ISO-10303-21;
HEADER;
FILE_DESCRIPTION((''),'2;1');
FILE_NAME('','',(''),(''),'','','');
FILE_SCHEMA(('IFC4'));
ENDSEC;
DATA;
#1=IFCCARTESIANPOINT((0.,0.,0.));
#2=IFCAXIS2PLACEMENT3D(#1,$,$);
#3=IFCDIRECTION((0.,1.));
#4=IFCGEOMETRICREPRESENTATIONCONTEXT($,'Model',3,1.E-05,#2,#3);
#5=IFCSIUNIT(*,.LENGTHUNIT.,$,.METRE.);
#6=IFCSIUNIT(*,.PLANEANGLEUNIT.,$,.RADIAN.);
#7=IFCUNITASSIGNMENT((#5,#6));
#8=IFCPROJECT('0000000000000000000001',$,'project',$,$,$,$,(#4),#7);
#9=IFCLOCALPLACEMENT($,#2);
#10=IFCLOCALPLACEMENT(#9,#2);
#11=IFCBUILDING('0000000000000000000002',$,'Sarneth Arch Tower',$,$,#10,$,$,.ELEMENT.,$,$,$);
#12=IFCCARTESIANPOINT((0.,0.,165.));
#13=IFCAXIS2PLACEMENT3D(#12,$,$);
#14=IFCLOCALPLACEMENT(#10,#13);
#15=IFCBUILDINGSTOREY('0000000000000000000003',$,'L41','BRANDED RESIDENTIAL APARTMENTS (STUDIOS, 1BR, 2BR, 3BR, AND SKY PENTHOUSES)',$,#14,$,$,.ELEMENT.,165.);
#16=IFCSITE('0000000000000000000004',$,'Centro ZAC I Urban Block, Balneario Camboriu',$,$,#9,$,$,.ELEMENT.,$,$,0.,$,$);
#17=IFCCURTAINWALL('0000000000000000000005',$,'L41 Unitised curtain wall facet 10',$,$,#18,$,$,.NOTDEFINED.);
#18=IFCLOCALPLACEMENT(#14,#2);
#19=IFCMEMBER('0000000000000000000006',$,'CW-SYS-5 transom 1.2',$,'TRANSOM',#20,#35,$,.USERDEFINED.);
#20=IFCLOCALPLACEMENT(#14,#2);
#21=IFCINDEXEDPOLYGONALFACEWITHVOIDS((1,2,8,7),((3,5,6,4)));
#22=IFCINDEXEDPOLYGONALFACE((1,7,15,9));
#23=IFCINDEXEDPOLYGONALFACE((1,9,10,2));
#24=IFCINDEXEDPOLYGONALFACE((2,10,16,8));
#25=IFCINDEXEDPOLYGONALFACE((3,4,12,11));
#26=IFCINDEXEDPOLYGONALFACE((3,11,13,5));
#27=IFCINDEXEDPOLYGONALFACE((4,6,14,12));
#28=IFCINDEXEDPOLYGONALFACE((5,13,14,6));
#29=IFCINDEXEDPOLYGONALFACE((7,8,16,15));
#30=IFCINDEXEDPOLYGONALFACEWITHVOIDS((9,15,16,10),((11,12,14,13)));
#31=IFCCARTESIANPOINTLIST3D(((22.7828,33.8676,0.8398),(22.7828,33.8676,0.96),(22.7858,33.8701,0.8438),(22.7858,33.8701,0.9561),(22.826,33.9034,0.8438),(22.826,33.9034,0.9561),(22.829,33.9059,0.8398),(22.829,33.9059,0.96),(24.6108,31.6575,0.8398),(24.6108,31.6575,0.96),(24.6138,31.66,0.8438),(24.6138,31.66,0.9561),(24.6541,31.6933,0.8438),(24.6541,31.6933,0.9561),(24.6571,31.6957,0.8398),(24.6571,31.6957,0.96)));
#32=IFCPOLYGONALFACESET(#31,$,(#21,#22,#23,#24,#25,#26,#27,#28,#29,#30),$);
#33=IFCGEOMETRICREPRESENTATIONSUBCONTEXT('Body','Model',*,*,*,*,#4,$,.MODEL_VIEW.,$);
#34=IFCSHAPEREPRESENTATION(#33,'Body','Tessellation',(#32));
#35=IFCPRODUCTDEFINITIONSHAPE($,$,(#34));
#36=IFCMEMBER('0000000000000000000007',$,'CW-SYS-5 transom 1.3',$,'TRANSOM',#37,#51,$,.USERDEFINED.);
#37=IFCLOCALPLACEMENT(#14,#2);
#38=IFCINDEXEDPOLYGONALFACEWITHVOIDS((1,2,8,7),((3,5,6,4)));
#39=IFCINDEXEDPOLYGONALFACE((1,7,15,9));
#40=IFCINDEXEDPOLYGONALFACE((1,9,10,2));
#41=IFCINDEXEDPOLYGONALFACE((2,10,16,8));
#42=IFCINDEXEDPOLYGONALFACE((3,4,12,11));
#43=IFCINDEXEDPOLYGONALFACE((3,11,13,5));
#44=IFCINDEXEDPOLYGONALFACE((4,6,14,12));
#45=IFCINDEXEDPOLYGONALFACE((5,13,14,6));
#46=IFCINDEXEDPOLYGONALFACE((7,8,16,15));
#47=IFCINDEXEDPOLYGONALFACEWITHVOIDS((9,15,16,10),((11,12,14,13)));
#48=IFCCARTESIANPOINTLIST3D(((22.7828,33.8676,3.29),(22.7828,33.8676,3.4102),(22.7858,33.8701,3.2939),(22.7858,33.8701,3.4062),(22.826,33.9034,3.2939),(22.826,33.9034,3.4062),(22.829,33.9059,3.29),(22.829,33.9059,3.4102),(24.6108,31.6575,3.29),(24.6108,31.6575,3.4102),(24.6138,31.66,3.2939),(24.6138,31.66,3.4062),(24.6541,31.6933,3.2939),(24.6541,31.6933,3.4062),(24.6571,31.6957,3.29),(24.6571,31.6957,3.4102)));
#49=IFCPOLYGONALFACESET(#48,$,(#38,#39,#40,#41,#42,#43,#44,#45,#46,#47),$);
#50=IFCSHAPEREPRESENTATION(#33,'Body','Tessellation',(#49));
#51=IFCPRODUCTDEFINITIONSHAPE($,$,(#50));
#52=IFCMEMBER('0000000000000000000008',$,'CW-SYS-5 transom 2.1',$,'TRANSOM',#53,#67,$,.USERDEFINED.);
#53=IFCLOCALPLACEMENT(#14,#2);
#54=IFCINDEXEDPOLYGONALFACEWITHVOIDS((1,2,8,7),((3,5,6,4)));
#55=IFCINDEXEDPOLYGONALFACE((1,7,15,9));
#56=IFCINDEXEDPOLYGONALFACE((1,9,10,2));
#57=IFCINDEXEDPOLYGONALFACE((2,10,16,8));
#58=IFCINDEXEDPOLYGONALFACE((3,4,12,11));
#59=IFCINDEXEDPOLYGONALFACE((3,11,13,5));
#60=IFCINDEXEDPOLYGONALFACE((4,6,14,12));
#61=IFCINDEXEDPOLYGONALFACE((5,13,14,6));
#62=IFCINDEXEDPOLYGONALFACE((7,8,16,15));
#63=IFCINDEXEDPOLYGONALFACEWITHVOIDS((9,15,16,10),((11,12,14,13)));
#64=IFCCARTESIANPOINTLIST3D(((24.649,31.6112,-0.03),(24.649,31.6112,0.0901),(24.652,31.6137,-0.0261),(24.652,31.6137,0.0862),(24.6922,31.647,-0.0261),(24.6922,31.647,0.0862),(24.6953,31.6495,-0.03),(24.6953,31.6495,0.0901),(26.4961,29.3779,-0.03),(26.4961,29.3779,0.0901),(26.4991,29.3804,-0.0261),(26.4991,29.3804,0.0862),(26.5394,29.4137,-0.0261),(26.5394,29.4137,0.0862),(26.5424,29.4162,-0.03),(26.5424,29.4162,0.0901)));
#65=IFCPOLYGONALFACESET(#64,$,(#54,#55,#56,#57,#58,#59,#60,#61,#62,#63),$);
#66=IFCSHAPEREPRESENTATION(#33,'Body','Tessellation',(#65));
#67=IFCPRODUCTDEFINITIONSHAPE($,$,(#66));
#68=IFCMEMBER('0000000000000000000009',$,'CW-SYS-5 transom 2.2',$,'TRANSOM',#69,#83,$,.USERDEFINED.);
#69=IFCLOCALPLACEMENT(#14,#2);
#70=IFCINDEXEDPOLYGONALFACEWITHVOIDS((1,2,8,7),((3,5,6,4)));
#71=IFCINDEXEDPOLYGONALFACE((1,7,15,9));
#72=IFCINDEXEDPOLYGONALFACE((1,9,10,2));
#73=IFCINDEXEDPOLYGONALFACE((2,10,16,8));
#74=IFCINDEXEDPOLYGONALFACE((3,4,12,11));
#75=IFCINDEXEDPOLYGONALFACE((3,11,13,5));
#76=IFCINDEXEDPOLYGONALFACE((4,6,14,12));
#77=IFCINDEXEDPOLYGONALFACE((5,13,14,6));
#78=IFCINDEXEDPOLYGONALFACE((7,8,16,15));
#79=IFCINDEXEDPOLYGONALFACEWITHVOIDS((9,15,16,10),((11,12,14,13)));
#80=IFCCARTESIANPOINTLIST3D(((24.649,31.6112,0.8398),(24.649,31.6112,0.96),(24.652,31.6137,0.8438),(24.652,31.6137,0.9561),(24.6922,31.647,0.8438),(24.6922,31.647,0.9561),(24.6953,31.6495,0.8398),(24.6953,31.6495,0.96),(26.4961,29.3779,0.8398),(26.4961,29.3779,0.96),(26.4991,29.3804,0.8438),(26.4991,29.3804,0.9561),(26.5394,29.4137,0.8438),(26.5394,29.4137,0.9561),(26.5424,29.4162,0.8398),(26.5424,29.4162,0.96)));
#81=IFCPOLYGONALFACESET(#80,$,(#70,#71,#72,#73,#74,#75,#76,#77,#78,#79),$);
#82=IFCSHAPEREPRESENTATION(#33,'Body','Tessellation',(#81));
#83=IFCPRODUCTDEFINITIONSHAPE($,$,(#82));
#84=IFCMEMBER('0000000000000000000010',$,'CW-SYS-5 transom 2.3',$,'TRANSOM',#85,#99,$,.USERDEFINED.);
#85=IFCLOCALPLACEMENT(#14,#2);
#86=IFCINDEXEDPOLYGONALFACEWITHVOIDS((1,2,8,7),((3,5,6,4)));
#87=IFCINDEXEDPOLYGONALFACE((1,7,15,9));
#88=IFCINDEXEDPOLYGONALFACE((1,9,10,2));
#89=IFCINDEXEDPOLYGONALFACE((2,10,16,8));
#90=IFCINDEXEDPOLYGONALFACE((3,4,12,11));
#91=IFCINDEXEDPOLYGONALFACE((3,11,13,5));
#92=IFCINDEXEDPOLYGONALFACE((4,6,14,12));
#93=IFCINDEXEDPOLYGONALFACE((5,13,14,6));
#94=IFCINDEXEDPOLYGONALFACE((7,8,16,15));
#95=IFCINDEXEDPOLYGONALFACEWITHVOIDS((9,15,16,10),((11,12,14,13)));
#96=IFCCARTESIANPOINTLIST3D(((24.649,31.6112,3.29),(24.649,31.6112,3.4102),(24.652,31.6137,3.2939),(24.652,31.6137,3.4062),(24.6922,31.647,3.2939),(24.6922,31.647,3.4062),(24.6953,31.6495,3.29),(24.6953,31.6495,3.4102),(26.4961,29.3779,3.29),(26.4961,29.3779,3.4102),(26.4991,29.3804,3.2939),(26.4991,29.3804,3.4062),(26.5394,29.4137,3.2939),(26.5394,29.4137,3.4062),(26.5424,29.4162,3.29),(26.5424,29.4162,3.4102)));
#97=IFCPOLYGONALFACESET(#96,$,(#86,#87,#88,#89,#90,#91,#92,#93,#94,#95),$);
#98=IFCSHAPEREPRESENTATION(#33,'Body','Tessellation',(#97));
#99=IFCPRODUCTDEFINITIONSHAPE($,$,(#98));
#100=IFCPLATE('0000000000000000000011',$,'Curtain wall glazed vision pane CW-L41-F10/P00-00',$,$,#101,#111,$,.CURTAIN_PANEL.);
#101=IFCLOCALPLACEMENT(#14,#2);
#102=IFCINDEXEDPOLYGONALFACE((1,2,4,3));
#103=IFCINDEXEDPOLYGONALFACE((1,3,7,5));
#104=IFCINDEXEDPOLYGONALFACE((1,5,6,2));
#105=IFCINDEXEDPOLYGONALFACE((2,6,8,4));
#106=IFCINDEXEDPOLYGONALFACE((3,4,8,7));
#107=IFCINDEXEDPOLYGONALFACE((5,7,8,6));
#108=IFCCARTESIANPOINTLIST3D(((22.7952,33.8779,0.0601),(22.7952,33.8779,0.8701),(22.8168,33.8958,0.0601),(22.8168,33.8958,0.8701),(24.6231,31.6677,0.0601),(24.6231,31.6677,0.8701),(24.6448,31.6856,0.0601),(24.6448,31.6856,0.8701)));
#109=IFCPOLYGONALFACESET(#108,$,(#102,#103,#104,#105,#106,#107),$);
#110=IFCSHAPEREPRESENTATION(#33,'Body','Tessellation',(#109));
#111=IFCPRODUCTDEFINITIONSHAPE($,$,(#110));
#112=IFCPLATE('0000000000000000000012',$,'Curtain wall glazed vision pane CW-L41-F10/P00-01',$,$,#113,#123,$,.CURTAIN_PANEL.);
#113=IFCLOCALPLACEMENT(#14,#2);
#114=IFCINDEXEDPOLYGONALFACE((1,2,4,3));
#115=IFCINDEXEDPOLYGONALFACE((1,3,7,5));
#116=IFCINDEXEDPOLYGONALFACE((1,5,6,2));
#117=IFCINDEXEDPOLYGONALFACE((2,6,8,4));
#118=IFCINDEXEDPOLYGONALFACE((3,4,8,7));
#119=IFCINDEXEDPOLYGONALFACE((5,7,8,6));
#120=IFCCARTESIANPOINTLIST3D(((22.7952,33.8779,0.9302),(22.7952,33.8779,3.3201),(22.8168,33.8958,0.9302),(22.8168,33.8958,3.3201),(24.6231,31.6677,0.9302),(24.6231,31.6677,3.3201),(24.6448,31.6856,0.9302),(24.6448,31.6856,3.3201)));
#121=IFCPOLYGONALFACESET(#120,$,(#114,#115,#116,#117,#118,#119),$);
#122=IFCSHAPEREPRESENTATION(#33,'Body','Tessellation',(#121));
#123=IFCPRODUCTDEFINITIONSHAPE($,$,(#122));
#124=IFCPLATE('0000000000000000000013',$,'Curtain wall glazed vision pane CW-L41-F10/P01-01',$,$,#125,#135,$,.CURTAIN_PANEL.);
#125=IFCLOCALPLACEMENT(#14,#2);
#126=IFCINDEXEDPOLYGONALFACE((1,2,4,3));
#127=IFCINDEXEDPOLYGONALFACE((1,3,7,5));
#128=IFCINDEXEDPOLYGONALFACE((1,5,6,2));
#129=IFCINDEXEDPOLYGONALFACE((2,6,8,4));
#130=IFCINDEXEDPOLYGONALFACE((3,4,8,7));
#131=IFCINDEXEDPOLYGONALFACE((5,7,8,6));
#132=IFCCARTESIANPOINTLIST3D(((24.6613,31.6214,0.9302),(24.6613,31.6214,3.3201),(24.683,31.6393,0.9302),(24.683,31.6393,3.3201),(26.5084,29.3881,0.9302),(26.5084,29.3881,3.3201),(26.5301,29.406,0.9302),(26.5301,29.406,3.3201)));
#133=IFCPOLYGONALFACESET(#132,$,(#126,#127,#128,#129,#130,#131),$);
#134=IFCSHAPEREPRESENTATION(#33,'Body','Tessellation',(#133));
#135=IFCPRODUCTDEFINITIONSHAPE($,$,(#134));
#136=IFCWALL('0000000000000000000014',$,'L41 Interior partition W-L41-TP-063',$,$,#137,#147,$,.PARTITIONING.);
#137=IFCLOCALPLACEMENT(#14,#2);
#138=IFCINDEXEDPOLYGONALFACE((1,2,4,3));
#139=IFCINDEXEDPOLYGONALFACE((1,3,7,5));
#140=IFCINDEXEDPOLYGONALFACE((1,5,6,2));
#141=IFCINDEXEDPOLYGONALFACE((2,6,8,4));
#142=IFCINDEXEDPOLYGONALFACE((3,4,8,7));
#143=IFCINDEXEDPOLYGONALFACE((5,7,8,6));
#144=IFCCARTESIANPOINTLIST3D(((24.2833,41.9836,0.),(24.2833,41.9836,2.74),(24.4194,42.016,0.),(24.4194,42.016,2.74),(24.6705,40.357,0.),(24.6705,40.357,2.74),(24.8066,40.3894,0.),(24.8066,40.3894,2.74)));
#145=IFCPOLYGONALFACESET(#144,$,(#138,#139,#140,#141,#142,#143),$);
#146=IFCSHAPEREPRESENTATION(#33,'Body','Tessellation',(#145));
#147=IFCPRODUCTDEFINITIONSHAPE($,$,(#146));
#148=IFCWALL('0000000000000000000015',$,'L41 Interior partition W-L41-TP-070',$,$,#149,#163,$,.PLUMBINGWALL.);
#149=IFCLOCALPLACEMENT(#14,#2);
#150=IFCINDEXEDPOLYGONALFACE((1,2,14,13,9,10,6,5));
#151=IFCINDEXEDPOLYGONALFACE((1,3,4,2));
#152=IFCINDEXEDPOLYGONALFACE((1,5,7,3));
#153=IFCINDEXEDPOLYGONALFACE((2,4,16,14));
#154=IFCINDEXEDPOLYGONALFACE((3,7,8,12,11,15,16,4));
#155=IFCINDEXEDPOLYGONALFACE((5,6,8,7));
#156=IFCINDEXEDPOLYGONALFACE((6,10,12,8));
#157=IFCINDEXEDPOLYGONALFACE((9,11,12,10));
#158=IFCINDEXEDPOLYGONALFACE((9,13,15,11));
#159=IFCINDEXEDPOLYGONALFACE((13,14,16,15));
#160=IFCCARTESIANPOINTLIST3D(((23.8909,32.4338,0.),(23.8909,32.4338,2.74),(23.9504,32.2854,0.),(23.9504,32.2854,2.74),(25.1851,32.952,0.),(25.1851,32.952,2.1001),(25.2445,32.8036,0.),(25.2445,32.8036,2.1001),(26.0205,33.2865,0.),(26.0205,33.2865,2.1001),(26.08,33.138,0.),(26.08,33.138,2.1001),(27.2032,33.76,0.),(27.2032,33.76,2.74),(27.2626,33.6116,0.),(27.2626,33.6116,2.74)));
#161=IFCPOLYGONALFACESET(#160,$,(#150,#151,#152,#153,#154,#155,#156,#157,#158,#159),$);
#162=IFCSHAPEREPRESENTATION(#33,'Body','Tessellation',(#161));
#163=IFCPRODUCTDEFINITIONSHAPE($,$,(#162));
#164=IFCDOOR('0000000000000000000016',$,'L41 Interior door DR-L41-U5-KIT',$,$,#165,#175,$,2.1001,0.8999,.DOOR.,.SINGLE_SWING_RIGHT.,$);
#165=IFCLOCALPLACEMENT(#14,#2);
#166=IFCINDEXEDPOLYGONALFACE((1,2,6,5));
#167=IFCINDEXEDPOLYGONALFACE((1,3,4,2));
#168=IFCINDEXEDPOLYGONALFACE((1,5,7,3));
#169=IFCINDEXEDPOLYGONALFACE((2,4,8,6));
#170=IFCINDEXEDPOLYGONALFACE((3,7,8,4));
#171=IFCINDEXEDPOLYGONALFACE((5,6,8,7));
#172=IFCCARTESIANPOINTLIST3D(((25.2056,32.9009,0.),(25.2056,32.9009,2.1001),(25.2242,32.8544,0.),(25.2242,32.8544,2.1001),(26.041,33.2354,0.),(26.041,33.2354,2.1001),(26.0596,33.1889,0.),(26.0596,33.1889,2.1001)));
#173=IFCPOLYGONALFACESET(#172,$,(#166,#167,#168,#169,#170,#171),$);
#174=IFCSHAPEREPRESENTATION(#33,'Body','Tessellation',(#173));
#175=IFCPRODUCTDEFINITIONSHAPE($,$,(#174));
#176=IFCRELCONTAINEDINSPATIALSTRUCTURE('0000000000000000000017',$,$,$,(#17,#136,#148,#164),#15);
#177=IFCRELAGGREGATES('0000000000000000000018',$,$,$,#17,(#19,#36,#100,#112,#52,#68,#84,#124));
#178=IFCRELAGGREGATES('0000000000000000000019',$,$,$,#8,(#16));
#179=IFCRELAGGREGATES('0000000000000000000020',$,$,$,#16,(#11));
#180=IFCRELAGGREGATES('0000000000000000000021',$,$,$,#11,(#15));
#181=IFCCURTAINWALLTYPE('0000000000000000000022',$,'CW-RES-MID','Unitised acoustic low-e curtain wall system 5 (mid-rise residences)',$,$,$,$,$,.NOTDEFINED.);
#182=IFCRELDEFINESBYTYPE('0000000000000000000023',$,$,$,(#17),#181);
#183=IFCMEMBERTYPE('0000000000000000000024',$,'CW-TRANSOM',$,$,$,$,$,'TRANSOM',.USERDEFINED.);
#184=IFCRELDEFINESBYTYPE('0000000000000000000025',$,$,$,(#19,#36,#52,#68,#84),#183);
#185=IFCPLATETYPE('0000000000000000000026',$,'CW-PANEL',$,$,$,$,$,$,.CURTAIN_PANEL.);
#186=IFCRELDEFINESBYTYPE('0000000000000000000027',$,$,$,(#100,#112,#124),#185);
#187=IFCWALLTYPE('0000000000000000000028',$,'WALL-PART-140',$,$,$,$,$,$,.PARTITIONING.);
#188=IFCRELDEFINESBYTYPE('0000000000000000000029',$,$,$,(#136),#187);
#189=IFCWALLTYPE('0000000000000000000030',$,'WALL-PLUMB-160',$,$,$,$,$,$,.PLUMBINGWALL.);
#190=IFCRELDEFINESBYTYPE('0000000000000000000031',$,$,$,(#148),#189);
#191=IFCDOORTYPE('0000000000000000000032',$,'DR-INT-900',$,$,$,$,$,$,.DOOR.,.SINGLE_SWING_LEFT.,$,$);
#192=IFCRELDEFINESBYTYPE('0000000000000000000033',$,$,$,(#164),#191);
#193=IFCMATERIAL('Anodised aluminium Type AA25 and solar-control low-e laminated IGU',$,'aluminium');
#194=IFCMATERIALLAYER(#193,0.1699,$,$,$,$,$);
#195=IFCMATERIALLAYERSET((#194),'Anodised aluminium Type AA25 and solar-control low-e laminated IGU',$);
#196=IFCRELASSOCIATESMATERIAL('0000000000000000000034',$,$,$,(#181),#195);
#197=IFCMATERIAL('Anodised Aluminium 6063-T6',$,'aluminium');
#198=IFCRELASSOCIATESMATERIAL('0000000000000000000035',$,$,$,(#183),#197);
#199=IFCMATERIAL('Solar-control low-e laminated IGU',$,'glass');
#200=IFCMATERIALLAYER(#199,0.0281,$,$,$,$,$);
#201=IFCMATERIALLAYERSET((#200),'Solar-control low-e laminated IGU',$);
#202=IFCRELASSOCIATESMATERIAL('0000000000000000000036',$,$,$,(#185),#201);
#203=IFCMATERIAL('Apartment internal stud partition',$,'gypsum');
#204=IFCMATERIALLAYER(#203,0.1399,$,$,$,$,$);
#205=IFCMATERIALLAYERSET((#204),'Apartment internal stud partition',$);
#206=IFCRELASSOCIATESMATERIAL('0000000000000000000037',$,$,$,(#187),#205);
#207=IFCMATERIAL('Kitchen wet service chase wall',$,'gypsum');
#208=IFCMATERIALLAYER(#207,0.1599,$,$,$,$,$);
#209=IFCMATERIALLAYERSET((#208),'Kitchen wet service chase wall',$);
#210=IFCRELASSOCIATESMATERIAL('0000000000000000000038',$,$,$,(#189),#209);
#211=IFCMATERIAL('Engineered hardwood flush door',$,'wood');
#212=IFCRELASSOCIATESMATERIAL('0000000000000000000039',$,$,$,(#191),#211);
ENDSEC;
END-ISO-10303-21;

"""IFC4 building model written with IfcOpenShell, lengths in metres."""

from ifc_helpers import new_model, si_unit, direction, frame, frame_2d, origin, origin_2d, place, context, subcontext, project, spatial, rectangle, hollow_rectangle, extrude, material, layer, layer_set, material_profile, profile_set, type_object, element, fill, aggregate, save


model = new_model("IFC4")

# Units and contexts
model_context = context("Model", 3, precision=1e-05, world=origin(), true_north=direction((0.0, 1.0)))
body_context = subcontext(model_context, "Body", "Model", "MODEL_VIEW")
ifc_project = project(units=[si_unit("LENGTHUNIT", "METRE"), si_unit("PLANEANGLEUNIT", "RADIAN")], contexts=[model_context])

# Site, building, storey
site_placement = place(None, origin())
site = spatial("IfcSite", under=ifc_project, at=site_placement, Name="Centro ZAC I Urban Block, Balneario Camboriu", CompositionType="ELEMENT", RefElevation=0.0)
building_placement = place(site_placement, origin())
building = spatial("IfcBuilding", under=site, at=building_placement, Name="Sarneth Arch Tower", CompositionType="ELEMENT")
storey_placement = place(building_placement, frame((0.0, 0.0, 165.0)))
storey = spatial("IfcBuildingStorey", under=building, at=storey_placement, Name="L41", Description="BRANDED RESIDENTIAL APARTMENTS (STUDIOS, 1BR, 2BR, 3BR, AND SKY PENTHOUSES)", CompositionType="ELEMENT", Elevation=165.0)

# Curtain wall, members, plates
ifc_material_1 = material(Name="Anodised aluminium Type AA25 and solar-control low-e laminated IGU", Category="aluminium")
ifc_layer_1 = layer(ifc_material_1, 0.1699)
ifc_layer_set_1 = layer_set([ifc_layer_1], Name="Anodised aluminium Type AA25 and solar-control low-e laminated IGU")
curtain_wall_type = type_object("IfcCurtainWallType", Name="CW-RES-MID", Description="Unitised acoustic low-e curtain wall system 5 (mid-rise residences)", PredefinedType="NOTDEFINED", material=ifc_layer_set_1)
curtain_wall_placement = place(storey_placement, origin())
curtain_wall = element("IfcCurtainWall", 1, at=curtain_wall_placement, inside=storey, type_object=curtain_wall_type, Name="L41 Unitised curtain wall facet 10", PredefinedType="NOTDEFINED")
ifc_material_2 = material(Name="Anodised Aluminium 6063-T6", Category="aluminium")
ifc_material_profile_1 = material_profile(ifc_material_2, hollow_rectangle(XDim=0.0601, YDim=0.1201, WallThickness=0.0039, at=origin_2d()), Name="AL-TRAN-120x60x4")
ifc_profile_set_1 = profile_set([ifc_material_profile_1], Name="Anodised Aluminium 6063-T6")
member_type_1 = type_object("IfcMemberType", Name="CW-TRANSOM", ElementType="TRANSOM", PredefinedType="USERDEFINED", material=ifc_profile_set_1)
member_1_placement = place(storey_placement, frame((22.8059, 33.8867, 0.8999), z_axis=(0.637359, -0.770567, 0.0), x_axis=(0.770567, 0.637359, 0.0)))
member_1 = element("IfcMember", 2, at=member_1_placement, type_object=member_type_1, Name="CW-SYS-5 transom 1.2", ObjectType="TRANSOM", PredefinedType="USERDEFINED", context=body_context, shape_type="SweptSolid", body=[
    extrude(hollow_rectangle(XDim=0.0601, YDim=0.1201, WallThickness=0.0039, at=origin_2d()), origin(), (0.0, 0.0, 1.0), 2.8682),
])
member_2_placement = place(storey_placement, frame((22.8059, 33.8867, 3.3501), z_axis=(0.637359, -0.770567, 0.0), x_axis=(0.770567, 0.637359, 0.0)))
member_2 = element("IfcMember", 3, at=member_2_placement, type_object=member_type_1, Name="CW-SYS-5 transom 1.3", ObjectType="TRANSOM", PredefinedType="USERDEFINED", context=body_context, shape_type="SweptSolid", body=[
    extrude(hollow_rectangle(XDim=0.0601, YDim=0.1201, WallThickness=0.0039, at=origin_2d()), origin(), (0.0, 0.0, 1.0), 2.8682),
])
member_3_placement = place(storey_placement, frame((24.6721, 31.6304, 0.03), z_axis=(0.63733, -0.770591, 0.0), x_axis=(0.770591, 0.63733, 0.0)))
member_3 = element("IfcMember", 4, at=member_3_placement, type_object=member_type_1, Name="CW-SYS-5 transom 2.1", ObjectType="TRANSOM", PredefinedType="USERDEFINED", context=body_context, shape_type="SweptSolid", body=[
    extrude(hollow_rectangle(XDim=0.0601, YDim=0.1201, WallThickness=0.0039, at=origin_2d()), origin(), (0.0, 0.0, 1.0), 2.8982),
])
member_4_placement = place(storey_placement, frame((24.6721, 31.6304, 0.8999), z_axis=(0.63733, -0.770591, 0.0), x_axis=(0.770591, 0.63733, 0.0)))
member_4 = element("IfcMember", 5, at=member_4_placement, type_object=member_type_1, Name="CW-SYS-5 transom 2.2", ObjectType="TRANSOM", PredefinedType="USERDEFINED", context=body_context, shape_type="SweptSolid", body=[
    extrude(hollow_rectangle(XDim=0.0601, YDim=0.1201, WallThickness=0.0039, at=origin_2d()), origin(), (0.0, 0.0, 1.0), 2.8982),
])
member_5_placement = place(storey_placement, frame((24.6721, 31.6304, 3.3501), z_axis=(0.63733, -0.770591, 0.0), x_axis=(0.770591, 0.63733, 0.0)))
member_5 = element("IfcMember", 6, at=member_5_placement, type_object=member_type_1, Name="CW-SYS-5 transom 2.3", ObjectType="TRANSOM", PredefinedType="USERDEFINED", context=body_context, shape_type="SweptSolid", body=[
    extrude(hollow_rectangle(XDim=0.0601, YDim=0.1201, WallThickness=0.0039, at=origin_2d()), origin(), (0.0, 0.0, 1.0), 2.8982),
])
ifc_material_3 = material(Name="Solar-control low-e laminated IGU", Category="glass")
ifc_layer_2 = layer(ifc_material_3, 0.0281)
ifc_layer_set_2 = layer_set([ifc_layer_2], Name="Solar-control low-e laminated IGU")
plate_type = type_object("IfcPlateType", Name="CW-PANEL", PredefinedType="CURTAIN_PANEL", material=ifc_layer_set_2)
plate_1_placement = place(storey_placement, frame((23.72, 32.7817, 0.0601), z_axis=(0.0, 0.0, 1.0), x_axis=(0.63733, -0.770591, 0.0)))
plate_1 = element("IfcPlate", 7, at=plate_1_placement, type_object=plate_type, Name="Curtain wall glazed vision pane CW-L41-F10/P00-00", PredefinedType="CURTAIN_PANEL", context=body_context, shape_type="SweptSolid", body=[
    extrude(rectangle(XDim=2.8682, YDim=0.0281, at=origin_2d()), origin(), (0.0, 0.0, 1.0), 0.8101),
])
plate_2_placement = place(storey_placement, frame((23.72, 32.7817, 0.9302), z_axis=(0.0, 0.0, 1.0), x_axis=(0.63733, -0.770591, 0.0)))
plate_2 = element("IfcPlate", 8, at=plate_2_placement, type_object=plate_type, Name="Curtain wall glazed vision pane CW-L41-F10/P00-01", PredefinedType="CURTAIN_PANEL", context=body_context, shape_type="SweptSolid", body=[
    extrude(rectangle(XDim=2.8682, YDim=0.0281, at=origin_2d()), origin(), (0.0, 0.0, 1.0), 2.3899),
])
plate_3_placement = place(storey_placement, frame((25.5957, 30.5137, 0.9302), z_axis=(0.0, 0.0, 1.0), x_axis=(0.63733, -0.770591, 0.0)))
plate_3 = element("IfcPlate", 9, at=plate_3_placement, type_object=plate_type, Name="Curtain wall glazed vision pane CW-L41-F10/P01-01", PredefinedType="CURTAIN_PANEL", context=body_context, shape_type="SweptSolid", body=[
    extrude(rectangle(XDim=2.8982, YDim=0.0281, at=origin_2d()), origin(), (0.0, 0.0, 1.0), 2.3899),
])
aggregate(curtain_wall, [member_1, member_2, plate_1, plate_2, member_3, member_4, member_5, plate_3])

# Wall
ifc_material_4 = material(Name="Apartment internal stud partition", Category="gypsum")
ifc_layer_3 = layer(ifc_material_4, 0.1399)
ifc_layer_set_3 = layer_set([ifc_layer_3], Name="Apartment internal stud partition")
wall_type_1 = type_object("IfcWallType", Name="WALL-PART-140", PredefinedType="PARTITIONING", material=ifc_layer_set_3)
wall_1_placement = place(storey_placement, frame((24.7385, 40.3733, 0.0), z_axis=(0.0, 0.0, 1.0), x_axis=(-0.231561, 0.97282, 0.0)))
element("IfcWall", 10, at=wall_1_placement, inside=storey, type_object=wall_type_1, Name="L41 Interior partition W-L41-TP-063", PredefinedType="PARTITIONING", context=body_context, shape_type="SweptSolid", body=[
    extrude(rectangle(XDim=1.6721, YDim=0.1399, at=frame_2d((0.8359, 0.0))), origin(), (0.0, 0.0, 1.0), 2.74),
])

# Wall, opening, door
ifc_material_5 = material(Name="Kitchen wet service chase wall", Category="gypsum")
ifc_layer_4 = layer(ifc_material_5, 0.1599)
ifc_layer_set_4 = layer_set([ifc_layer_4], Name="Kitchen wet service chase wall")
wall_type_2 = type_object("IfcWallType", Name="WALL-PLUMB-160", PredefinedType="PLUMBINGWALL", material=ifc_layer_set_4)
wall_2_placement = place(storey_placement, frame((23.9207, 32.3596, 0.0), z_axis=(0.0, 0.0, 1.0), x_axis=(0.928354, 0.371697, 0.0)))
wall_2 = element("IfcWall", 11, at=wall_2_placement, inside=storey, type_object=wall_type_2, Name="L41 Interior partition W-L41-TP-070", PredefinedType="PLUMBINGWALL", context=body_context, shape_type="SweptSolid", body=[
    extrude(rectangle(XDim=3.5679, YDim=0.1599, at=frame_2d((1.7839, 0.0))), origin(), (0.0, 0.0, 1.0), 2.74),
])
opening_1_placement = place(wall_2_placement, frame((1.394, 0.0, 0.0)))
opening_1 = element("IfcOpeningElement", 12, at=opening_1_placement, cuts=wall_2, PredefinedType="OPENING", context=body_context, shape_type="SweptSolid", body=[
    extrude(rectangle(XDim=0.8999, YDim=2.1001, at=frame_2d((0.45, 1.05))), frame((0.0, 0.0898, 0.0), z_axis=(0.0, -1.0, 0.0), x_axis=(1.0, 0.0, 0.0)), (0.0, 0.0, 1.0), 0.1799),
])
ifc_material_6 = material(Name="Engineered hardwood flush door", Category="wood")
door_type_1 = type_object("IfcDoorType", Name="DR-INT-900", OperationType="SINGLE_SWING_LEFT", PredefinedType="DOOR", material=ifc_material_6)
door_1_placement = place(opening_1_placement, origin())
door_1 = element("IfcDoor", 13, at=door_1_placement, inside=storey, type_object=door_type_1, Name="L41 Interior door DR-L41-U5-KIT", OperationType="SINGLE_SWING_RIGHT", OverallHeight=2.1001, OverallWidth=0.8999, PredefinedType="DOOR", context=body_context, shape_type="SweptSolid", body=[
    extrude(rectangle(XDim=0.8999, YDim=2.1001, at=frame_2d((0.45, 1.05))), frame((0.0, 0.0249, 0.0), z_axis=(0.0, -1.0, 0.0), x_axis=(1.0, 0.0, 0.0)), (0.0, 0.0, 1.0), 0.05),
])
fill(opening_1, door_1)

save(model, "model.ifc")
